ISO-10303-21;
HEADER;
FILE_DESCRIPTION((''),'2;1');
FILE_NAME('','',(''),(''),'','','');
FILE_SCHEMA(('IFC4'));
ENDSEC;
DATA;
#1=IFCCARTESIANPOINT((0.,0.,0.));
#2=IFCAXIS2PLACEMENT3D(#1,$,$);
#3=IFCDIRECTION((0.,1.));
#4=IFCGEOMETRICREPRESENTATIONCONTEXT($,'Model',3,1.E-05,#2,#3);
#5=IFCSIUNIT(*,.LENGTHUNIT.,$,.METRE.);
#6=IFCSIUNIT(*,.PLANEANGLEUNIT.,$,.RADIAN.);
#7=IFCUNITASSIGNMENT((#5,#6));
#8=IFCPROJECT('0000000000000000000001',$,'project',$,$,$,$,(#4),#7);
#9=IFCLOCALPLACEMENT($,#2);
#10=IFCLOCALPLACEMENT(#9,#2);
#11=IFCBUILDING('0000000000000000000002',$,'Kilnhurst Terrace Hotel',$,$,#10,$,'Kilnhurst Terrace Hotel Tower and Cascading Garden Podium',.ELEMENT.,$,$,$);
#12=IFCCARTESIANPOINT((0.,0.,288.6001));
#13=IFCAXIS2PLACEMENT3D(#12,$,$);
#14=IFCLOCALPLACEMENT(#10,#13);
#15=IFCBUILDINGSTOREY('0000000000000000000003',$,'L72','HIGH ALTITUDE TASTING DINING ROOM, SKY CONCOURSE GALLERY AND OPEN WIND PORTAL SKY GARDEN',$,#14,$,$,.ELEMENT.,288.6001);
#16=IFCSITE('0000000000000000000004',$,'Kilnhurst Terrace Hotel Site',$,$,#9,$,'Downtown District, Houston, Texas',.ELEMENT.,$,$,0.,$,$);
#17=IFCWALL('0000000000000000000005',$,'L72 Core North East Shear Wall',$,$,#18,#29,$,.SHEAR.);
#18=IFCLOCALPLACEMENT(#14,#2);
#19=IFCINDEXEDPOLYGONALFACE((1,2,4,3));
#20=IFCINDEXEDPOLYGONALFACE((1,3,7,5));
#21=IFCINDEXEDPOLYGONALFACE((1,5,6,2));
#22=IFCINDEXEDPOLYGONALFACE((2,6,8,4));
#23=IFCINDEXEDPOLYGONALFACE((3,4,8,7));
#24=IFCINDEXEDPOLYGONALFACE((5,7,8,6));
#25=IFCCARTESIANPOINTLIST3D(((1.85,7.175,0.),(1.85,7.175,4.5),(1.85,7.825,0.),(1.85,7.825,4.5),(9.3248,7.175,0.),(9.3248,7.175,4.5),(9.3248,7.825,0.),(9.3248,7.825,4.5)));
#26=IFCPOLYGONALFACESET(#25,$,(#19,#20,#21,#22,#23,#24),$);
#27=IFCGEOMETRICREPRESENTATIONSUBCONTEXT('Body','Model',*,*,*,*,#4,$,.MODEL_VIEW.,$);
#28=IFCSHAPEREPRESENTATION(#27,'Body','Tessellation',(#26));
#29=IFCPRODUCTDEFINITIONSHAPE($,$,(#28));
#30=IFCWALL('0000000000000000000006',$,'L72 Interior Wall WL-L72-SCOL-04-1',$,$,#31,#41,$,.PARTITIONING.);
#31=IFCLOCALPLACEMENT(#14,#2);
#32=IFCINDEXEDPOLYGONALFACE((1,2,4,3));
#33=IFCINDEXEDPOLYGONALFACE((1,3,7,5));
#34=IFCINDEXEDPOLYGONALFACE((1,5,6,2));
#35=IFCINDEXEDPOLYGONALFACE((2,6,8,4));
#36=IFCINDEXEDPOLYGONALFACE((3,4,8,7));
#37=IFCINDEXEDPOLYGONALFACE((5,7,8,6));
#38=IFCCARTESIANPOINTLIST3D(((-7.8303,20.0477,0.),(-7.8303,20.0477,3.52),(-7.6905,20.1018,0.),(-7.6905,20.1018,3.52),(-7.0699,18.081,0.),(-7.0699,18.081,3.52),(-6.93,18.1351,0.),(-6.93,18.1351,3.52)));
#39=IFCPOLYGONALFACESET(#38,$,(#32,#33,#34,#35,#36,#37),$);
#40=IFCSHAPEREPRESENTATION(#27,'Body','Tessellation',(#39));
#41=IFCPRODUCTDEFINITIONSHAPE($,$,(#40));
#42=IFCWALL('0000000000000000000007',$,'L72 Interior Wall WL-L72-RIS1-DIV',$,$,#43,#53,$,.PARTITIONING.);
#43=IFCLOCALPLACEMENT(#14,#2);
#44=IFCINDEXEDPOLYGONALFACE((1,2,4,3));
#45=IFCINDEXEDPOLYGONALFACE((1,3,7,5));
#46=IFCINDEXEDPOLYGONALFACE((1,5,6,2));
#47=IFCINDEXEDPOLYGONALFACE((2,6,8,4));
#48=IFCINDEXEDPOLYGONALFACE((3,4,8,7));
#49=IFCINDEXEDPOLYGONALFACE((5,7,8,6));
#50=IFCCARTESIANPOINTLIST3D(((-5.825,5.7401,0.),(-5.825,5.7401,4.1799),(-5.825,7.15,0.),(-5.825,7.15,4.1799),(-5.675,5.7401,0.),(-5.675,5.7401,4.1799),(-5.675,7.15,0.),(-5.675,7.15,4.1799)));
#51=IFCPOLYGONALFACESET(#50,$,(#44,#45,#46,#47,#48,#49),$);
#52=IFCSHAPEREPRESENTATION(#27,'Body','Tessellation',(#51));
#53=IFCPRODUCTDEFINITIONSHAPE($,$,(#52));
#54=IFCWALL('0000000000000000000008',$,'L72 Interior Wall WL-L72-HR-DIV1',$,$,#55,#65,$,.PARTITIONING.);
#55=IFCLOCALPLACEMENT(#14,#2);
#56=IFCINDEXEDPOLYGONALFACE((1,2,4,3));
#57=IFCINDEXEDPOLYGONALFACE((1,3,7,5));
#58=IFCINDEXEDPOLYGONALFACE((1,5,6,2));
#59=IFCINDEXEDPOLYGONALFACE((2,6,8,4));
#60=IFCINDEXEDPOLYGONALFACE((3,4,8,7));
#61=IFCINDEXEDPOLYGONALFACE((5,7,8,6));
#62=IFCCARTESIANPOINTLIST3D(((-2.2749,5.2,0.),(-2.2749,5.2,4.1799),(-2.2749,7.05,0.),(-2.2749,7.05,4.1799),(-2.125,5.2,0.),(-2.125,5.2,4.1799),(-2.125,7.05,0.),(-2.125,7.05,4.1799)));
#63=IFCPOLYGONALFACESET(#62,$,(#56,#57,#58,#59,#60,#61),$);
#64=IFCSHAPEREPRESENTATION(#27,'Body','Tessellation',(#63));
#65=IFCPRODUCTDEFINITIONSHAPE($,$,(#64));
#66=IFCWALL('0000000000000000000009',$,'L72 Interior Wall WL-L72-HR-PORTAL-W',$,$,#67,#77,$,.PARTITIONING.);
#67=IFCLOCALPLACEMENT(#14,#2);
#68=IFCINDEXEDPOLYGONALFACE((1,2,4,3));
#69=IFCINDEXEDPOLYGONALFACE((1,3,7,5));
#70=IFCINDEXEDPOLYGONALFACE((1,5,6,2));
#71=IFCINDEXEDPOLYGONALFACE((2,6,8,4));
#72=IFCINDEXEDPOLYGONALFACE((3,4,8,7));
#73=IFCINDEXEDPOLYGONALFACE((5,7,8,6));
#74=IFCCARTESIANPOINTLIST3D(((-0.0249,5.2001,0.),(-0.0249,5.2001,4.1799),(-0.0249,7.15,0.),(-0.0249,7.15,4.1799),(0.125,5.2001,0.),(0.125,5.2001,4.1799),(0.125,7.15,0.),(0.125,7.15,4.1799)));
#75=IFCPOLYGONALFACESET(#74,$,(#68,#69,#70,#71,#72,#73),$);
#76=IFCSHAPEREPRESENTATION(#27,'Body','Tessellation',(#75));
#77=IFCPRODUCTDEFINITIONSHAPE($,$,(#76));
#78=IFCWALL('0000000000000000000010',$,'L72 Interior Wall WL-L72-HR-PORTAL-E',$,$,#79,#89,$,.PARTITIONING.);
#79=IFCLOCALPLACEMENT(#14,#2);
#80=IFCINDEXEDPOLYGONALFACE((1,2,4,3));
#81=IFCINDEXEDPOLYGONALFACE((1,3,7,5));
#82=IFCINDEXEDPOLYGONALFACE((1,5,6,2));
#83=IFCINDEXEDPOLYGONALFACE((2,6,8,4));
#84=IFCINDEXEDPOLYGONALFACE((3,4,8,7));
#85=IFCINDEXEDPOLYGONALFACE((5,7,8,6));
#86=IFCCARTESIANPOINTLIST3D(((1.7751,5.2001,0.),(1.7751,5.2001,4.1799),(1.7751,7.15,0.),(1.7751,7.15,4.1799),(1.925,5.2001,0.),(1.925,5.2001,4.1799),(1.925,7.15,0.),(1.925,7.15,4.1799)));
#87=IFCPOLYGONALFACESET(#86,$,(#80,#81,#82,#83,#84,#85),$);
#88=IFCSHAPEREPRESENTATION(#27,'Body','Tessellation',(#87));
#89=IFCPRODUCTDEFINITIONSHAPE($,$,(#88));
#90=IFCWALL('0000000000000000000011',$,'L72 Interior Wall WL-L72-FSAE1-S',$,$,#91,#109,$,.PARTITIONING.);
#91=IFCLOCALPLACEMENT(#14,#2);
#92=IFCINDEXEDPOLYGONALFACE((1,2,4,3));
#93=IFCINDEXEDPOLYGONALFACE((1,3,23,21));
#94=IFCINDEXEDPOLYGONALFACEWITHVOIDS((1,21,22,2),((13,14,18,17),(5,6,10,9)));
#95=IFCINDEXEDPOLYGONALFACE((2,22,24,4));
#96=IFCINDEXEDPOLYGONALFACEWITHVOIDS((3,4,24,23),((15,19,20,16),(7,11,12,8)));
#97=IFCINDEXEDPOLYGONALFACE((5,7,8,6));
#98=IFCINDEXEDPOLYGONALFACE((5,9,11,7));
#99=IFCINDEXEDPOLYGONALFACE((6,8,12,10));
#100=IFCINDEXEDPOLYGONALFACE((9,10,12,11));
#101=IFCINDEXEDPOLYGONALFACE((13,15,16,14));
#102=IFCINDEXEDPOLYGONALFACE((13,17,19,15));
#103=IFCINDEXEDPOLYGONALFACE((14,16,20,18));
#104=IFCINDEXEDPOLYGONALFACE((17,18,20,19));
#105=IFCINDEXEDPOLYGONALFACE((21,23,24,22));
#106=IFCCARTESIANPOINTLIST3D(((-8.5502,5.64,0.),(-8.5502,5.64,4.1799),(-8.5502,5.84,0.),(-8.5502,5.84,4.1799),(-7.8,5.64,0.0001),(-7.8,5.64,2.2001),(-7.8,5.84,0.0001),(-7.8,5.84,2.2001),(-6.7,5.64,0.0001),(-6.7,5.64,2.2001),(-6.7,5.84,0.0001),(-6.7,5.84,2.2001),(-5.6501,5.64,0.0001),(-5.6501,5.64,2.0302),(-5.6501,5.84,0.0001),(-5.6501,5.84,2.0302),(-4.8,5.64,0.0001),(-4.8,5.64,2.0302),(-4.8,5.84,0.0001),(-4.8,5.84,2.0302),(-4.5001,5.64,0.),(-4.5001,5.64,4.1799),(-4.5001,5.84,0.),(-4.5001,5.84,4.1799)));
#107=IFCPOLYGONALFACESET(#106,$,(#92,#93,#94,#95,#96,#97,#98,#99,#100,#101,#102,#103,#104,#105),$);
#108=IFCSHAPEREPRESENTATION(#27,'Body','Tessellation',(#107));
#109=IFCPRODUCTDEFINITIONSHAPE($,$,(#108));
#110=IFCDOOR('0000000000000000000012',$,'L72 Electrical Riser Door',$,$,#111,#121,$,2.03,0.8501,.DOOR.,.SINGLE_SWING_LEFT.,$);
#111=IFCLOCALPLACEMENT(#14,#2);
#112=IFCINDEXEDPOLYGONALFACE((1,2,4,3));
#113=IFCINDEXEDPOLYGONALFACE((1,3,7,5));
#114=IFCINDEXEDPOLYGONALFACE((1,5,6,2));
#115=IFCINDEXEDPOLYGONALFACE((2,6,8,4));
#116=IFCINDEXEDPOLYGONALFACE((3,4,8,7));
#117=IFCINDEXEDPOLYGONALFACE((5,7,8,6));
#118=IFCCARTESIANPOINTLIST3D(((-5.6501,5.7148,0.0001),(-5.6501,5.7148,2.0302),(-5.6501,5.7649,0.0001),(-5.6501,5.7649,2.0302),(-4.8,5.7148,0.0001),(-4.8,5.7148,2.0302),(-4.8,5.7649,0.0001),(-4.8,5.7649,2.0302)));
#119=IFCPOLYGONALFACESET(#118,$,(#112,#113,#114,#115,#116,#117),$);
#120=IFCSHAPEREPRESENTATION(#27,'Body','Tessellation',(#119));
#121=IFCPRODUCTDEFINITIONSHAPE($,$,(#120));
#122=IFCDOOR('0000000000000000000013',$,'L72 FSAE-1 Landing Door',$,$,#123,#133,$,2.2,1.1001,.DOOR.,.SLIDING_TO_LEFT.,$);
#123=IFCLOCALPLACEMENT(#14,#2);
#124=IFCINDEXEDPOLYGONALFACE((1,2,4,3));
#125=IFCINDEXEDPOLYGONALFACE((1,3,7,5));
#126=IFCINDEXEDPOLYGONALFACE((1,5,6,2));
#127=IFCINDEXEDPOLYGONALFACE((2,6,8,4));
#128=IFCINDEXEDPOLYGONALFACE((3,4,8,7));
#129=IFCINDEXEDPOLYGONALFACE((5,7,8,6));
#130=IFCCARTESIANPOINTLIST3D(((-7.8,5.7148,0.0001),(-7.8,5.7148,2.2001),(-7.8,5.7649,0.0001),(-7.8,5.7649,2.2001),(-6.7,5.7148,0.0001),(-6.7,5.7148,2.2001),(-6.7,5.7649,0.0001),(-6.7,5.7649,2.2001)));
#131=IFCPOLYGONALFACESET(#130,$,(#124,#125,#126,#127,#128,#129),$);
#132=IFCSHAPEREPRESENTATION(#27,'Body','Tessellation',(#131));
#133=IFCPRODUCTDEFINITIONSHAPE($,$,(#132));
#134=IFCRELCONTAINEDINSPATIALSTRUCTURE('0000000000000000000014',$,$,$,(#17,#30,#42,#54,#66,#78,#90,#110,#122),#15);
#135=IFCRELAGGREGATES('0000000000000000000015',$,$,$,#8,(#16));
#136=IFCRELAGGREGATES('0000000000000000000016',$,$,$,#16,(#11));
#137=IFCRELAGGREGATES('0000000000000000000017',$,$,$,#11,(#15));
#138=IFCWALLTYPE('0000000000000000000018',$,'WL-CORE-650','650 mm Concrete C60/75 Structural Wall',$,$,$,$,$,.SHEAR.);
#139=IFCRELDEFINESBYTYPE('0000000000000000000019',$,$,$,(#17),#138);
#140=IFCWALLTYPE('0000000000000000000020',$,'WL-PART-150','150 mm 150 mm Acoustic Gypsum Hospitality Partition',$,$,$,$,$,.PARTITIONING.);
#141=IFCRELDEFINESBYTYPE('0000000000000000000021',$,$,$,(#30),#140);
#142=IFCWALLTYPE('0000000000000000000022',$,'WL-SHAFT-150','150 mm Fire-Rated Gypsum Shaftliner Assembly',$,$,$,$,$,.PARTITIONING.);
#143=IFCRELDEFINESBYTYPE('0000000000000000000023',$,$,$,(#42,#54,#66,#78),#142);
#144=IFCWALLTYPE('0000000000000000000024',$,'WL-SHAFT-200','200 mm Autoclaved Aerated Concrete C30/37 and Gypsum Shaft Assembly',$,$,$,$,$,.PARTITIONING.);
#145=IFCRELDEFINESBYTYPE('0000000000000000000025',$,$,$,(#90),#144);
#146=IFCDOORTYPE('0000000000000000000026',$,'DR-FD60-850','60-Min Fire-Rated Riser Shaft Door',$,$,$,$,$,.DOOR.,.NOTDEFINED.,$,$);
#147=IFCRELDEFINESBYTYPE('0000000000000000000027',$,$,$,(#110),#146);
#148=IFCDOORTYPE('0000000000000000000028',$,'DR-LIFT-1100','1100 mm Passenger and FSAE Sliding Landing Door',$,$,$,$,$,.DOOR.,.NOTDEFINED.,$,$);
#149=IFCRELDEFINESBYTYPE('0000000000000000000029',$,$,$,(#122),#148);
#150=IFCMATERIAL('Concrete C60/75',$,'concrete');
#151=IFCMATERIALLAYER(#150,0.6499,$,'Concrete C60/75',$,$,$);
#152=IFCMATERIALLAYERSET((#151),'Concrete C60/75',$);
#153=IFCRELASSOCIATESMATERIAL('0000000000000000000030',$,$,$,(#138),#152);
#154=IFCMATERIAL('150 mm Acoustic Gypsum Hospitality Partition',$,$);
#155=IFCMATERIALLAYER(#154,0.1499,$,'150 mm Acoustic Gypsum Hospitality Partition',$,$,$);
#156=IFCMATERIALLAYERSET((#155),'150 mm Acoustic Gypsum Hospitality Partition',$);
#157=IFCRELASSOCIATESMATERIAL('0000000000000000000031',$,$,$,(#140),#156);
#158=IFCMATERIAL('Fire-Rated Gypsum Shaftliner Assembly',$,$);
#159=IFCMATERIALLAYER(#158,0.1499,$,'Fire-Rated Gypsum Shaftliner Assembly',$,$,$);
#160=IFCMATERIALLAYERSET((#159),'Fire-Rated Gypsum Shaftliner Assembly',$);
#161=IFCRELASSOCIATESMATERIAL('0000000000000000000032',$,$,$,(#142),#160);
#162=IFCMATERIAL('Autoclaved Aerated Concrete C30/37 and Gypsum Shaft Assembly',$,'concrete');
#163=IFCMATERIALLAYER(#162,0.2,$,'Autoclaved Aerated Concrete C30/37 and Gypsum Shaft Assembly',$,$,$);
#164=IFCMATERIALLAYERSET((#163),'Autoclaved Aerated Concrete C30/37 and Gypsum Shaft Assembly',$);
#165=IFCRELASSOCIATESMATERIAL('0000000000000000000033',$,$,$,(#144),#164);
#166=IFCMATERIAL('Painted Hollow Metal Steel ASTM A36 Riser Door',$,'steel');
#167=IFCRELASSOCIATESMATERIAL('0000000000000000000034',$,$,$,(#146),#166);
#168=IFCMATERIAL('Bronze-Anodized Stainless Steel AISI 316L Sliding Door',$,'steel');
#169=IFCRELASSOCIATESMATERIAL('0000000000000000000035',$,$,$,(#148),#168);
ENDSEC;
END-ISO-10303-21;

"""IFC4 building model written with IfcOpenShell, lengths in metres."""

from ifc_helpers import new_model, si_unit, direction, frame, frame_2d, origin, place, context, subcontext, project, spatial, rectangle, extrude, material, layer, layer_set, type_object, element, fill, save


model = new_model("IFC4")

# Units and contexts
model_context = context("Model", 3, precision=1e-05, world=origin(), true_north=direction((0.0, 1.0)))
body_context = subcontext(model_context, "Body", "Model", "MODEL_VIEW")
ifc_project = project(units=[si_unit("LENGTHUNIT", "METRE"), si_unit("PLANEANGLEUNIT", "RADIAN")], contexts=[model_context])

# Site, building, storey
site_placement = place(None, origin())
site = spatial("IfcSite", under=ifc_project, at=site_placement, Name="Kilnhurst Terrace Hotel Site", LongName="Downtown District, Houston, Texas", CompositionType="ELEMENT", RefElevation=0.0)
building_placement = place(site_placement, origin())
building = spatial("IfcBuilding", under=site, at=building_placement, Name="Kilnhurst Terrace Hotel", LongName="Kilnhurst Terrace Hotel Tower and Cascading Garden Podium", CompositionType="ELEMENT")
storey_placement = place(building_placement, frame((0.0, 0.0, 288.6001)))
storey = spatial("IfcBuildingStorey", under=building, at=storey_placement, Name="L72", Description="HIGH ALTITUDE TASTING DINING ROOM, SKY CONCOURSE GALLERY AND OPEN WIND PORTAL SKY GARDEN", CompositionType="ELEMENT", Elevation=288.6001)

# Shared definitions
ifc_material_1 = material(Name="Concrete C60/75", Category="concrete")

# Walls
ifc_layer_1 = layer(ifc_material_1, 0.6499, Name="Concrete C60/75")
ifc_layer_set_1 = layer_set([ifc_layer_1], Name="Concrete C60/75")
wall_type_1 = type_object("IfcWallType", Name="WL-CORE-650", Description="650 mm Concrete C60/75 Structural Wall", PredefinedType="SHEAR", material=ifc_layer_set_1)
wall_1_placement = place(storey_placement, frame((1.8501, 7.5, 0.0), z_axis=(0.0, 0.0, 1.0), x_axis=(1.0, 0.0, 0.0)))
element("IfcWall", 1, at=wall_1_placement, inside=storey, type_object=wall_type_1, Name="L72 Core North East Shear Wall", PredefinedType="SHEAR", context=body_context, shape_type="SweptSolid", body=[
    extrude(rectangle(XDim=7.4749, YDim=0.6499, at=frame_2d((3.7373, 0.0))), origin(), (0.0, 0.0, 1.0), 4.5),
])
ifc_material_2 = material(Name="150 mm Acoustic Gypsum Hospitality Partition")
ifc_layer_2 = layer(ifc_material_2, 0.1499, Name="150 mm Acoustic Gypsum Hospitality Partition")
ifc_layer_set_2 = layer_set([ifc_layer_2], Name="150 mm Acoustic Gypsum Hospitality Partition")
wall_type_2 = type_object("IfcWallType", Name="WL-PART-150", Description="150 mm 150 mm Acoustic Gypsum Hospitality Partition", PredefinedType="PARTITIONING", material=ifc_layer_set_2)
wall_2_placement = place(storey_placement, frame((-7.0, 18.1082, 0.0), z_axis=(0.0, 0.0, 1.0), x_axis=(-0.360647, 0.932703, 0.0)))
element("IfcWall", 2, at=wall_2_placement, inside=storey, type_object=wall_type_2, Name="L72 Interior Wall WL-L72-SCOL-04-1", PredefinedType="PARTITIONING", context=body_context, shape_type="SweptSolid", body=[
    extrude(rectangle(XDim=2.1086, YDim=0.1499, at=frame_2d((1.0542, 0.0))), origin(), (0.0, 0.0, 1.0), 3.52),
])
ifc_material_3 = material(Name="Fire-Rated Gypsum Shaftliner Assembly")
ifc_layer_3 = layer(ifc_material_3, 0.1499, Name="Fire-Rated Gypsum Shaftliner Assembly")
ifc_layer_set_3 = layer_set([ifc_layer_3], Name="Fire-Rated Gypsum Shaftliner Assembly")
wall_type_3 = type_object("IfcWallType", Name="WL-SHAFT-150", Description="150 mm Fire-Rated Gypsum Shaftliner Assembly", PredefinedType="PARTITIONING", material=ifc_layer_set_3)
wall_3_placement = place(storey_placement, frame((-5.75, 5.74, 0.0), z_axis=(0.0, 0.0, 1.0), x_axis=(0.0, 1.0, 0.0)))
element("IfcWall", 3, at=wall_3_placement, inside=storey, type_object=wall_type_3, Name="L72 Interior Wall WL-L72-RIS1-DIV", PredefinedType="PARTITIONING", context=body_context, shape_type="SweptSolid", body=[
    extrude(rectangle(XDim=1.4099, YDim=0.1499, at=frame_2d((0.7051, 0.0))), origin(), (0.0, 0.0, 1.0), 4.1799),
])
wall_4_placement = place(storey_placement, frame((-2.2, 5.2, 0.0), z_axis=(0.0, 0.0, 1.0), x_axis=(0.0, 1.0, 0.0)))
element("IfcWall", 4, at=wall_4_placement, inside=storey, type_object=wall_type_3, Name="L72 Interior Wall WL-L72-HR-DIV1", PredefinedType="PARTITIONING", context=body_context, shape_type="SweptSolid", body=[
    extrude(rectangle(XDim=1.8501, YDim=0.1499, at=frame_2d((0.925, 0.0))), origin(), (0.0, 0.0, 1.0), 4.1799),
])
for number, where, z_axis, x_axis, name in (
    (5, (0.05, 5.2, 0.0), (0.0, 0.0, 1.0), (0.0, 1.0, 0.0), "L72 Interior Wall WL-L72-HR-PORTAL-W"),
    (6, (1.8501, 5.2, 0.0), (0.0, 0.0, 1.0), (0.0, 1.0, 0.0), "L72 Interior Wall WL-L72-HR-PORTAL-E"),
):
    element("IfcWall", number, at=place(storey_placement, frame(where, z_axis=z_axis, x_axis=x_axis)), inside=storey, type_object=wall_type_3, Name=name, PredefinedType="PARTITIONING", context=body_context, shape_type="SweptSolid", body=[
        extrude(rectangle(XDim=1.95, YDim=0.1499, at=frame_2d((0.9751, 0.0))), origin(), (0.0, 0.0, 1.0), 4.1799),
    ])

# Wall, openings, doors
ifc_material_4 = material(Name="Autoclaved Aerated Concrete C30/37 and Gypsum Shaft Assembly", Category="concrete")
ifc_layer_4 = layer(ifc_material_4, 0.2, Name="Autoclaved Aerated Concrete C30/37 and Gypsum Shaft Assembly")
ifc_layer_set_4 = layer_set([ifc_layer_4], Name="Autoclaved Aerated Concrete C30/37 and Gypsum Shaft Assembly")
wall_type_4 = type_object("IfcWallType", Name="WL-SHAFT-200", Description="200 mm Autoclaved Aerated Concrete C30/37 and Gypsum Shaft Assembly", PredefinedType="PARTITIONING", material=ifc_layer_set_4)
wall_5_placement = place(storey_placement, frame((-8.55, 5.74, 0.0), z_axis=(0.0, 0.0, 1.0), x_axis=(1.0, 0.0, 0.0)))
wall_5 = element("IfcWall", 7, at=wall_5_placement, inside=storey, type_object=wall_type_4, Name="L72 Interior Wall WL-L72-FSAE1-S", PredefinedType="PARTITIONING", context=body_context, shape_type="SweptSolid", body=[
    extrude(rectangle(XDim=4.05, YDim=0.2, at=frame_2d((2.0249, 0.0))), origin(), (0.0, 0.0, 1.0), 4.1799),
])
opening_1_placement = place(wall_5_placement, frame((0.75, 0.0, 0.0)))
opening_1 = element("IfcOpeningElement", 8, at=opening_1_placement, cuts=wall_5, PredefinedType="OPENING", context=body_context, shape_type="SweptSolid", body=[
    extrude(rectangle(XDim=1.1001, YDim=2.2, at=frame_2d((0.55, 1.1001))), frame((0.0, 0.1099, 0.0), z_axis=(0.0, -1.0, 0.0), x_axis=(1.0, 0.0, 0.0)), (0.0, 0.0, 1.0), 0.22),
])
opening_2_placement = place(wall_5_placement, frame((2.8999, 0.0, 0.0)))
opening_2 = element("IfcOpeningElement", 9, at=opening_2_placement, cuts=wall_5, PredefinedType="OPENING", context=body_context, shape_type="SweptSolid", body=[
    extrude(rectangle(XDim=0.8501, YDim=2.03, at=frame_2d((0.425, 1.0151))), frame((0.0, 0.1099, 0.0), z_axis=(0.0, -1.0, 0.0), x_axis=(1.0, 0.0, 0.0)), (0.0, 0.0, 1.0), 0.22),
])
ifc_material_5 = material(Name="Painted Hollow Metal Steel ASTM A36 Riser Door", Category="steel")
door_type_1 = type_object("IfcDoorType", Name="DR-FD60-850", Description="60-Min Fire-Rated Riser Shaft Door", OperationType="NOTDEFINED", PredefinedType="DOOR", material=ifc_material_5)
door_1_placement = place(opening_2_placement, origin())
door_1 = element("IfcDoor", 10, at=door_1_placement, inside=storey, type_object=door_type_1, Name="L72 Electrical Riser Door", OperationType="SINGLE_SWING_LEFT", OverallHeight=2.03, OverallWidth=0.8501, PredefinedType="DOOR", context=body_context, shape_type="SweptSolid", body=[
    extrude(rectangle(XDim=0.8501, YDim=2.03, at=frame_2d((0.425, 1.0151))), frame((0.0, 0.0249, 0.0), z_axis=(0.0, -1.0, 0.0), x_axis=(1.0, 0.0, 0.0)), (0.0, 0.0, 1.0), 0.05),
])
fill(opening_2, door_1)
ifc_material_6 = material(Name="Bronze-Anodized Stainless Steel AISI 316L Sliding Door", Category="steel")
door_type_2 = type_object("IfcDoorType", Name="DR-LIFT-1100", Description="1100 mm Passenger and FSAE Sliding Landing Door", OperationType="NOTDEFINED", PredefinedType="DOOR", material=ifc_material_6)
door_2_placement = place(opening_1_placement, origin())
door_2 = element("IfcDoor", 11, at=door_2_placement, inside=storey, type_object=door_type_2, Name="L72 FSAE-1 Landing Door", OperationType="SLIDING_TO_LEFT", OverallHeight=2.2, OverallWidth=1.1001, PredefinedType="DOOR", context=body_context, shape_type="SweptSolid", body=[
    extrude(rectangle(XDim=1.1001, YDim=2.2, at=frame_2d((0.55, 1.1001))), frame((0.0, 0.0249, 0.0), z_axis=(0.0, -1.0, 0.0), x_axis=(1.0, 0.0, 0.0)), (0.0, 0.0, 1.0), 0.05),
])
fill(opening_1, door_2)

save(model, "model.ifc")
